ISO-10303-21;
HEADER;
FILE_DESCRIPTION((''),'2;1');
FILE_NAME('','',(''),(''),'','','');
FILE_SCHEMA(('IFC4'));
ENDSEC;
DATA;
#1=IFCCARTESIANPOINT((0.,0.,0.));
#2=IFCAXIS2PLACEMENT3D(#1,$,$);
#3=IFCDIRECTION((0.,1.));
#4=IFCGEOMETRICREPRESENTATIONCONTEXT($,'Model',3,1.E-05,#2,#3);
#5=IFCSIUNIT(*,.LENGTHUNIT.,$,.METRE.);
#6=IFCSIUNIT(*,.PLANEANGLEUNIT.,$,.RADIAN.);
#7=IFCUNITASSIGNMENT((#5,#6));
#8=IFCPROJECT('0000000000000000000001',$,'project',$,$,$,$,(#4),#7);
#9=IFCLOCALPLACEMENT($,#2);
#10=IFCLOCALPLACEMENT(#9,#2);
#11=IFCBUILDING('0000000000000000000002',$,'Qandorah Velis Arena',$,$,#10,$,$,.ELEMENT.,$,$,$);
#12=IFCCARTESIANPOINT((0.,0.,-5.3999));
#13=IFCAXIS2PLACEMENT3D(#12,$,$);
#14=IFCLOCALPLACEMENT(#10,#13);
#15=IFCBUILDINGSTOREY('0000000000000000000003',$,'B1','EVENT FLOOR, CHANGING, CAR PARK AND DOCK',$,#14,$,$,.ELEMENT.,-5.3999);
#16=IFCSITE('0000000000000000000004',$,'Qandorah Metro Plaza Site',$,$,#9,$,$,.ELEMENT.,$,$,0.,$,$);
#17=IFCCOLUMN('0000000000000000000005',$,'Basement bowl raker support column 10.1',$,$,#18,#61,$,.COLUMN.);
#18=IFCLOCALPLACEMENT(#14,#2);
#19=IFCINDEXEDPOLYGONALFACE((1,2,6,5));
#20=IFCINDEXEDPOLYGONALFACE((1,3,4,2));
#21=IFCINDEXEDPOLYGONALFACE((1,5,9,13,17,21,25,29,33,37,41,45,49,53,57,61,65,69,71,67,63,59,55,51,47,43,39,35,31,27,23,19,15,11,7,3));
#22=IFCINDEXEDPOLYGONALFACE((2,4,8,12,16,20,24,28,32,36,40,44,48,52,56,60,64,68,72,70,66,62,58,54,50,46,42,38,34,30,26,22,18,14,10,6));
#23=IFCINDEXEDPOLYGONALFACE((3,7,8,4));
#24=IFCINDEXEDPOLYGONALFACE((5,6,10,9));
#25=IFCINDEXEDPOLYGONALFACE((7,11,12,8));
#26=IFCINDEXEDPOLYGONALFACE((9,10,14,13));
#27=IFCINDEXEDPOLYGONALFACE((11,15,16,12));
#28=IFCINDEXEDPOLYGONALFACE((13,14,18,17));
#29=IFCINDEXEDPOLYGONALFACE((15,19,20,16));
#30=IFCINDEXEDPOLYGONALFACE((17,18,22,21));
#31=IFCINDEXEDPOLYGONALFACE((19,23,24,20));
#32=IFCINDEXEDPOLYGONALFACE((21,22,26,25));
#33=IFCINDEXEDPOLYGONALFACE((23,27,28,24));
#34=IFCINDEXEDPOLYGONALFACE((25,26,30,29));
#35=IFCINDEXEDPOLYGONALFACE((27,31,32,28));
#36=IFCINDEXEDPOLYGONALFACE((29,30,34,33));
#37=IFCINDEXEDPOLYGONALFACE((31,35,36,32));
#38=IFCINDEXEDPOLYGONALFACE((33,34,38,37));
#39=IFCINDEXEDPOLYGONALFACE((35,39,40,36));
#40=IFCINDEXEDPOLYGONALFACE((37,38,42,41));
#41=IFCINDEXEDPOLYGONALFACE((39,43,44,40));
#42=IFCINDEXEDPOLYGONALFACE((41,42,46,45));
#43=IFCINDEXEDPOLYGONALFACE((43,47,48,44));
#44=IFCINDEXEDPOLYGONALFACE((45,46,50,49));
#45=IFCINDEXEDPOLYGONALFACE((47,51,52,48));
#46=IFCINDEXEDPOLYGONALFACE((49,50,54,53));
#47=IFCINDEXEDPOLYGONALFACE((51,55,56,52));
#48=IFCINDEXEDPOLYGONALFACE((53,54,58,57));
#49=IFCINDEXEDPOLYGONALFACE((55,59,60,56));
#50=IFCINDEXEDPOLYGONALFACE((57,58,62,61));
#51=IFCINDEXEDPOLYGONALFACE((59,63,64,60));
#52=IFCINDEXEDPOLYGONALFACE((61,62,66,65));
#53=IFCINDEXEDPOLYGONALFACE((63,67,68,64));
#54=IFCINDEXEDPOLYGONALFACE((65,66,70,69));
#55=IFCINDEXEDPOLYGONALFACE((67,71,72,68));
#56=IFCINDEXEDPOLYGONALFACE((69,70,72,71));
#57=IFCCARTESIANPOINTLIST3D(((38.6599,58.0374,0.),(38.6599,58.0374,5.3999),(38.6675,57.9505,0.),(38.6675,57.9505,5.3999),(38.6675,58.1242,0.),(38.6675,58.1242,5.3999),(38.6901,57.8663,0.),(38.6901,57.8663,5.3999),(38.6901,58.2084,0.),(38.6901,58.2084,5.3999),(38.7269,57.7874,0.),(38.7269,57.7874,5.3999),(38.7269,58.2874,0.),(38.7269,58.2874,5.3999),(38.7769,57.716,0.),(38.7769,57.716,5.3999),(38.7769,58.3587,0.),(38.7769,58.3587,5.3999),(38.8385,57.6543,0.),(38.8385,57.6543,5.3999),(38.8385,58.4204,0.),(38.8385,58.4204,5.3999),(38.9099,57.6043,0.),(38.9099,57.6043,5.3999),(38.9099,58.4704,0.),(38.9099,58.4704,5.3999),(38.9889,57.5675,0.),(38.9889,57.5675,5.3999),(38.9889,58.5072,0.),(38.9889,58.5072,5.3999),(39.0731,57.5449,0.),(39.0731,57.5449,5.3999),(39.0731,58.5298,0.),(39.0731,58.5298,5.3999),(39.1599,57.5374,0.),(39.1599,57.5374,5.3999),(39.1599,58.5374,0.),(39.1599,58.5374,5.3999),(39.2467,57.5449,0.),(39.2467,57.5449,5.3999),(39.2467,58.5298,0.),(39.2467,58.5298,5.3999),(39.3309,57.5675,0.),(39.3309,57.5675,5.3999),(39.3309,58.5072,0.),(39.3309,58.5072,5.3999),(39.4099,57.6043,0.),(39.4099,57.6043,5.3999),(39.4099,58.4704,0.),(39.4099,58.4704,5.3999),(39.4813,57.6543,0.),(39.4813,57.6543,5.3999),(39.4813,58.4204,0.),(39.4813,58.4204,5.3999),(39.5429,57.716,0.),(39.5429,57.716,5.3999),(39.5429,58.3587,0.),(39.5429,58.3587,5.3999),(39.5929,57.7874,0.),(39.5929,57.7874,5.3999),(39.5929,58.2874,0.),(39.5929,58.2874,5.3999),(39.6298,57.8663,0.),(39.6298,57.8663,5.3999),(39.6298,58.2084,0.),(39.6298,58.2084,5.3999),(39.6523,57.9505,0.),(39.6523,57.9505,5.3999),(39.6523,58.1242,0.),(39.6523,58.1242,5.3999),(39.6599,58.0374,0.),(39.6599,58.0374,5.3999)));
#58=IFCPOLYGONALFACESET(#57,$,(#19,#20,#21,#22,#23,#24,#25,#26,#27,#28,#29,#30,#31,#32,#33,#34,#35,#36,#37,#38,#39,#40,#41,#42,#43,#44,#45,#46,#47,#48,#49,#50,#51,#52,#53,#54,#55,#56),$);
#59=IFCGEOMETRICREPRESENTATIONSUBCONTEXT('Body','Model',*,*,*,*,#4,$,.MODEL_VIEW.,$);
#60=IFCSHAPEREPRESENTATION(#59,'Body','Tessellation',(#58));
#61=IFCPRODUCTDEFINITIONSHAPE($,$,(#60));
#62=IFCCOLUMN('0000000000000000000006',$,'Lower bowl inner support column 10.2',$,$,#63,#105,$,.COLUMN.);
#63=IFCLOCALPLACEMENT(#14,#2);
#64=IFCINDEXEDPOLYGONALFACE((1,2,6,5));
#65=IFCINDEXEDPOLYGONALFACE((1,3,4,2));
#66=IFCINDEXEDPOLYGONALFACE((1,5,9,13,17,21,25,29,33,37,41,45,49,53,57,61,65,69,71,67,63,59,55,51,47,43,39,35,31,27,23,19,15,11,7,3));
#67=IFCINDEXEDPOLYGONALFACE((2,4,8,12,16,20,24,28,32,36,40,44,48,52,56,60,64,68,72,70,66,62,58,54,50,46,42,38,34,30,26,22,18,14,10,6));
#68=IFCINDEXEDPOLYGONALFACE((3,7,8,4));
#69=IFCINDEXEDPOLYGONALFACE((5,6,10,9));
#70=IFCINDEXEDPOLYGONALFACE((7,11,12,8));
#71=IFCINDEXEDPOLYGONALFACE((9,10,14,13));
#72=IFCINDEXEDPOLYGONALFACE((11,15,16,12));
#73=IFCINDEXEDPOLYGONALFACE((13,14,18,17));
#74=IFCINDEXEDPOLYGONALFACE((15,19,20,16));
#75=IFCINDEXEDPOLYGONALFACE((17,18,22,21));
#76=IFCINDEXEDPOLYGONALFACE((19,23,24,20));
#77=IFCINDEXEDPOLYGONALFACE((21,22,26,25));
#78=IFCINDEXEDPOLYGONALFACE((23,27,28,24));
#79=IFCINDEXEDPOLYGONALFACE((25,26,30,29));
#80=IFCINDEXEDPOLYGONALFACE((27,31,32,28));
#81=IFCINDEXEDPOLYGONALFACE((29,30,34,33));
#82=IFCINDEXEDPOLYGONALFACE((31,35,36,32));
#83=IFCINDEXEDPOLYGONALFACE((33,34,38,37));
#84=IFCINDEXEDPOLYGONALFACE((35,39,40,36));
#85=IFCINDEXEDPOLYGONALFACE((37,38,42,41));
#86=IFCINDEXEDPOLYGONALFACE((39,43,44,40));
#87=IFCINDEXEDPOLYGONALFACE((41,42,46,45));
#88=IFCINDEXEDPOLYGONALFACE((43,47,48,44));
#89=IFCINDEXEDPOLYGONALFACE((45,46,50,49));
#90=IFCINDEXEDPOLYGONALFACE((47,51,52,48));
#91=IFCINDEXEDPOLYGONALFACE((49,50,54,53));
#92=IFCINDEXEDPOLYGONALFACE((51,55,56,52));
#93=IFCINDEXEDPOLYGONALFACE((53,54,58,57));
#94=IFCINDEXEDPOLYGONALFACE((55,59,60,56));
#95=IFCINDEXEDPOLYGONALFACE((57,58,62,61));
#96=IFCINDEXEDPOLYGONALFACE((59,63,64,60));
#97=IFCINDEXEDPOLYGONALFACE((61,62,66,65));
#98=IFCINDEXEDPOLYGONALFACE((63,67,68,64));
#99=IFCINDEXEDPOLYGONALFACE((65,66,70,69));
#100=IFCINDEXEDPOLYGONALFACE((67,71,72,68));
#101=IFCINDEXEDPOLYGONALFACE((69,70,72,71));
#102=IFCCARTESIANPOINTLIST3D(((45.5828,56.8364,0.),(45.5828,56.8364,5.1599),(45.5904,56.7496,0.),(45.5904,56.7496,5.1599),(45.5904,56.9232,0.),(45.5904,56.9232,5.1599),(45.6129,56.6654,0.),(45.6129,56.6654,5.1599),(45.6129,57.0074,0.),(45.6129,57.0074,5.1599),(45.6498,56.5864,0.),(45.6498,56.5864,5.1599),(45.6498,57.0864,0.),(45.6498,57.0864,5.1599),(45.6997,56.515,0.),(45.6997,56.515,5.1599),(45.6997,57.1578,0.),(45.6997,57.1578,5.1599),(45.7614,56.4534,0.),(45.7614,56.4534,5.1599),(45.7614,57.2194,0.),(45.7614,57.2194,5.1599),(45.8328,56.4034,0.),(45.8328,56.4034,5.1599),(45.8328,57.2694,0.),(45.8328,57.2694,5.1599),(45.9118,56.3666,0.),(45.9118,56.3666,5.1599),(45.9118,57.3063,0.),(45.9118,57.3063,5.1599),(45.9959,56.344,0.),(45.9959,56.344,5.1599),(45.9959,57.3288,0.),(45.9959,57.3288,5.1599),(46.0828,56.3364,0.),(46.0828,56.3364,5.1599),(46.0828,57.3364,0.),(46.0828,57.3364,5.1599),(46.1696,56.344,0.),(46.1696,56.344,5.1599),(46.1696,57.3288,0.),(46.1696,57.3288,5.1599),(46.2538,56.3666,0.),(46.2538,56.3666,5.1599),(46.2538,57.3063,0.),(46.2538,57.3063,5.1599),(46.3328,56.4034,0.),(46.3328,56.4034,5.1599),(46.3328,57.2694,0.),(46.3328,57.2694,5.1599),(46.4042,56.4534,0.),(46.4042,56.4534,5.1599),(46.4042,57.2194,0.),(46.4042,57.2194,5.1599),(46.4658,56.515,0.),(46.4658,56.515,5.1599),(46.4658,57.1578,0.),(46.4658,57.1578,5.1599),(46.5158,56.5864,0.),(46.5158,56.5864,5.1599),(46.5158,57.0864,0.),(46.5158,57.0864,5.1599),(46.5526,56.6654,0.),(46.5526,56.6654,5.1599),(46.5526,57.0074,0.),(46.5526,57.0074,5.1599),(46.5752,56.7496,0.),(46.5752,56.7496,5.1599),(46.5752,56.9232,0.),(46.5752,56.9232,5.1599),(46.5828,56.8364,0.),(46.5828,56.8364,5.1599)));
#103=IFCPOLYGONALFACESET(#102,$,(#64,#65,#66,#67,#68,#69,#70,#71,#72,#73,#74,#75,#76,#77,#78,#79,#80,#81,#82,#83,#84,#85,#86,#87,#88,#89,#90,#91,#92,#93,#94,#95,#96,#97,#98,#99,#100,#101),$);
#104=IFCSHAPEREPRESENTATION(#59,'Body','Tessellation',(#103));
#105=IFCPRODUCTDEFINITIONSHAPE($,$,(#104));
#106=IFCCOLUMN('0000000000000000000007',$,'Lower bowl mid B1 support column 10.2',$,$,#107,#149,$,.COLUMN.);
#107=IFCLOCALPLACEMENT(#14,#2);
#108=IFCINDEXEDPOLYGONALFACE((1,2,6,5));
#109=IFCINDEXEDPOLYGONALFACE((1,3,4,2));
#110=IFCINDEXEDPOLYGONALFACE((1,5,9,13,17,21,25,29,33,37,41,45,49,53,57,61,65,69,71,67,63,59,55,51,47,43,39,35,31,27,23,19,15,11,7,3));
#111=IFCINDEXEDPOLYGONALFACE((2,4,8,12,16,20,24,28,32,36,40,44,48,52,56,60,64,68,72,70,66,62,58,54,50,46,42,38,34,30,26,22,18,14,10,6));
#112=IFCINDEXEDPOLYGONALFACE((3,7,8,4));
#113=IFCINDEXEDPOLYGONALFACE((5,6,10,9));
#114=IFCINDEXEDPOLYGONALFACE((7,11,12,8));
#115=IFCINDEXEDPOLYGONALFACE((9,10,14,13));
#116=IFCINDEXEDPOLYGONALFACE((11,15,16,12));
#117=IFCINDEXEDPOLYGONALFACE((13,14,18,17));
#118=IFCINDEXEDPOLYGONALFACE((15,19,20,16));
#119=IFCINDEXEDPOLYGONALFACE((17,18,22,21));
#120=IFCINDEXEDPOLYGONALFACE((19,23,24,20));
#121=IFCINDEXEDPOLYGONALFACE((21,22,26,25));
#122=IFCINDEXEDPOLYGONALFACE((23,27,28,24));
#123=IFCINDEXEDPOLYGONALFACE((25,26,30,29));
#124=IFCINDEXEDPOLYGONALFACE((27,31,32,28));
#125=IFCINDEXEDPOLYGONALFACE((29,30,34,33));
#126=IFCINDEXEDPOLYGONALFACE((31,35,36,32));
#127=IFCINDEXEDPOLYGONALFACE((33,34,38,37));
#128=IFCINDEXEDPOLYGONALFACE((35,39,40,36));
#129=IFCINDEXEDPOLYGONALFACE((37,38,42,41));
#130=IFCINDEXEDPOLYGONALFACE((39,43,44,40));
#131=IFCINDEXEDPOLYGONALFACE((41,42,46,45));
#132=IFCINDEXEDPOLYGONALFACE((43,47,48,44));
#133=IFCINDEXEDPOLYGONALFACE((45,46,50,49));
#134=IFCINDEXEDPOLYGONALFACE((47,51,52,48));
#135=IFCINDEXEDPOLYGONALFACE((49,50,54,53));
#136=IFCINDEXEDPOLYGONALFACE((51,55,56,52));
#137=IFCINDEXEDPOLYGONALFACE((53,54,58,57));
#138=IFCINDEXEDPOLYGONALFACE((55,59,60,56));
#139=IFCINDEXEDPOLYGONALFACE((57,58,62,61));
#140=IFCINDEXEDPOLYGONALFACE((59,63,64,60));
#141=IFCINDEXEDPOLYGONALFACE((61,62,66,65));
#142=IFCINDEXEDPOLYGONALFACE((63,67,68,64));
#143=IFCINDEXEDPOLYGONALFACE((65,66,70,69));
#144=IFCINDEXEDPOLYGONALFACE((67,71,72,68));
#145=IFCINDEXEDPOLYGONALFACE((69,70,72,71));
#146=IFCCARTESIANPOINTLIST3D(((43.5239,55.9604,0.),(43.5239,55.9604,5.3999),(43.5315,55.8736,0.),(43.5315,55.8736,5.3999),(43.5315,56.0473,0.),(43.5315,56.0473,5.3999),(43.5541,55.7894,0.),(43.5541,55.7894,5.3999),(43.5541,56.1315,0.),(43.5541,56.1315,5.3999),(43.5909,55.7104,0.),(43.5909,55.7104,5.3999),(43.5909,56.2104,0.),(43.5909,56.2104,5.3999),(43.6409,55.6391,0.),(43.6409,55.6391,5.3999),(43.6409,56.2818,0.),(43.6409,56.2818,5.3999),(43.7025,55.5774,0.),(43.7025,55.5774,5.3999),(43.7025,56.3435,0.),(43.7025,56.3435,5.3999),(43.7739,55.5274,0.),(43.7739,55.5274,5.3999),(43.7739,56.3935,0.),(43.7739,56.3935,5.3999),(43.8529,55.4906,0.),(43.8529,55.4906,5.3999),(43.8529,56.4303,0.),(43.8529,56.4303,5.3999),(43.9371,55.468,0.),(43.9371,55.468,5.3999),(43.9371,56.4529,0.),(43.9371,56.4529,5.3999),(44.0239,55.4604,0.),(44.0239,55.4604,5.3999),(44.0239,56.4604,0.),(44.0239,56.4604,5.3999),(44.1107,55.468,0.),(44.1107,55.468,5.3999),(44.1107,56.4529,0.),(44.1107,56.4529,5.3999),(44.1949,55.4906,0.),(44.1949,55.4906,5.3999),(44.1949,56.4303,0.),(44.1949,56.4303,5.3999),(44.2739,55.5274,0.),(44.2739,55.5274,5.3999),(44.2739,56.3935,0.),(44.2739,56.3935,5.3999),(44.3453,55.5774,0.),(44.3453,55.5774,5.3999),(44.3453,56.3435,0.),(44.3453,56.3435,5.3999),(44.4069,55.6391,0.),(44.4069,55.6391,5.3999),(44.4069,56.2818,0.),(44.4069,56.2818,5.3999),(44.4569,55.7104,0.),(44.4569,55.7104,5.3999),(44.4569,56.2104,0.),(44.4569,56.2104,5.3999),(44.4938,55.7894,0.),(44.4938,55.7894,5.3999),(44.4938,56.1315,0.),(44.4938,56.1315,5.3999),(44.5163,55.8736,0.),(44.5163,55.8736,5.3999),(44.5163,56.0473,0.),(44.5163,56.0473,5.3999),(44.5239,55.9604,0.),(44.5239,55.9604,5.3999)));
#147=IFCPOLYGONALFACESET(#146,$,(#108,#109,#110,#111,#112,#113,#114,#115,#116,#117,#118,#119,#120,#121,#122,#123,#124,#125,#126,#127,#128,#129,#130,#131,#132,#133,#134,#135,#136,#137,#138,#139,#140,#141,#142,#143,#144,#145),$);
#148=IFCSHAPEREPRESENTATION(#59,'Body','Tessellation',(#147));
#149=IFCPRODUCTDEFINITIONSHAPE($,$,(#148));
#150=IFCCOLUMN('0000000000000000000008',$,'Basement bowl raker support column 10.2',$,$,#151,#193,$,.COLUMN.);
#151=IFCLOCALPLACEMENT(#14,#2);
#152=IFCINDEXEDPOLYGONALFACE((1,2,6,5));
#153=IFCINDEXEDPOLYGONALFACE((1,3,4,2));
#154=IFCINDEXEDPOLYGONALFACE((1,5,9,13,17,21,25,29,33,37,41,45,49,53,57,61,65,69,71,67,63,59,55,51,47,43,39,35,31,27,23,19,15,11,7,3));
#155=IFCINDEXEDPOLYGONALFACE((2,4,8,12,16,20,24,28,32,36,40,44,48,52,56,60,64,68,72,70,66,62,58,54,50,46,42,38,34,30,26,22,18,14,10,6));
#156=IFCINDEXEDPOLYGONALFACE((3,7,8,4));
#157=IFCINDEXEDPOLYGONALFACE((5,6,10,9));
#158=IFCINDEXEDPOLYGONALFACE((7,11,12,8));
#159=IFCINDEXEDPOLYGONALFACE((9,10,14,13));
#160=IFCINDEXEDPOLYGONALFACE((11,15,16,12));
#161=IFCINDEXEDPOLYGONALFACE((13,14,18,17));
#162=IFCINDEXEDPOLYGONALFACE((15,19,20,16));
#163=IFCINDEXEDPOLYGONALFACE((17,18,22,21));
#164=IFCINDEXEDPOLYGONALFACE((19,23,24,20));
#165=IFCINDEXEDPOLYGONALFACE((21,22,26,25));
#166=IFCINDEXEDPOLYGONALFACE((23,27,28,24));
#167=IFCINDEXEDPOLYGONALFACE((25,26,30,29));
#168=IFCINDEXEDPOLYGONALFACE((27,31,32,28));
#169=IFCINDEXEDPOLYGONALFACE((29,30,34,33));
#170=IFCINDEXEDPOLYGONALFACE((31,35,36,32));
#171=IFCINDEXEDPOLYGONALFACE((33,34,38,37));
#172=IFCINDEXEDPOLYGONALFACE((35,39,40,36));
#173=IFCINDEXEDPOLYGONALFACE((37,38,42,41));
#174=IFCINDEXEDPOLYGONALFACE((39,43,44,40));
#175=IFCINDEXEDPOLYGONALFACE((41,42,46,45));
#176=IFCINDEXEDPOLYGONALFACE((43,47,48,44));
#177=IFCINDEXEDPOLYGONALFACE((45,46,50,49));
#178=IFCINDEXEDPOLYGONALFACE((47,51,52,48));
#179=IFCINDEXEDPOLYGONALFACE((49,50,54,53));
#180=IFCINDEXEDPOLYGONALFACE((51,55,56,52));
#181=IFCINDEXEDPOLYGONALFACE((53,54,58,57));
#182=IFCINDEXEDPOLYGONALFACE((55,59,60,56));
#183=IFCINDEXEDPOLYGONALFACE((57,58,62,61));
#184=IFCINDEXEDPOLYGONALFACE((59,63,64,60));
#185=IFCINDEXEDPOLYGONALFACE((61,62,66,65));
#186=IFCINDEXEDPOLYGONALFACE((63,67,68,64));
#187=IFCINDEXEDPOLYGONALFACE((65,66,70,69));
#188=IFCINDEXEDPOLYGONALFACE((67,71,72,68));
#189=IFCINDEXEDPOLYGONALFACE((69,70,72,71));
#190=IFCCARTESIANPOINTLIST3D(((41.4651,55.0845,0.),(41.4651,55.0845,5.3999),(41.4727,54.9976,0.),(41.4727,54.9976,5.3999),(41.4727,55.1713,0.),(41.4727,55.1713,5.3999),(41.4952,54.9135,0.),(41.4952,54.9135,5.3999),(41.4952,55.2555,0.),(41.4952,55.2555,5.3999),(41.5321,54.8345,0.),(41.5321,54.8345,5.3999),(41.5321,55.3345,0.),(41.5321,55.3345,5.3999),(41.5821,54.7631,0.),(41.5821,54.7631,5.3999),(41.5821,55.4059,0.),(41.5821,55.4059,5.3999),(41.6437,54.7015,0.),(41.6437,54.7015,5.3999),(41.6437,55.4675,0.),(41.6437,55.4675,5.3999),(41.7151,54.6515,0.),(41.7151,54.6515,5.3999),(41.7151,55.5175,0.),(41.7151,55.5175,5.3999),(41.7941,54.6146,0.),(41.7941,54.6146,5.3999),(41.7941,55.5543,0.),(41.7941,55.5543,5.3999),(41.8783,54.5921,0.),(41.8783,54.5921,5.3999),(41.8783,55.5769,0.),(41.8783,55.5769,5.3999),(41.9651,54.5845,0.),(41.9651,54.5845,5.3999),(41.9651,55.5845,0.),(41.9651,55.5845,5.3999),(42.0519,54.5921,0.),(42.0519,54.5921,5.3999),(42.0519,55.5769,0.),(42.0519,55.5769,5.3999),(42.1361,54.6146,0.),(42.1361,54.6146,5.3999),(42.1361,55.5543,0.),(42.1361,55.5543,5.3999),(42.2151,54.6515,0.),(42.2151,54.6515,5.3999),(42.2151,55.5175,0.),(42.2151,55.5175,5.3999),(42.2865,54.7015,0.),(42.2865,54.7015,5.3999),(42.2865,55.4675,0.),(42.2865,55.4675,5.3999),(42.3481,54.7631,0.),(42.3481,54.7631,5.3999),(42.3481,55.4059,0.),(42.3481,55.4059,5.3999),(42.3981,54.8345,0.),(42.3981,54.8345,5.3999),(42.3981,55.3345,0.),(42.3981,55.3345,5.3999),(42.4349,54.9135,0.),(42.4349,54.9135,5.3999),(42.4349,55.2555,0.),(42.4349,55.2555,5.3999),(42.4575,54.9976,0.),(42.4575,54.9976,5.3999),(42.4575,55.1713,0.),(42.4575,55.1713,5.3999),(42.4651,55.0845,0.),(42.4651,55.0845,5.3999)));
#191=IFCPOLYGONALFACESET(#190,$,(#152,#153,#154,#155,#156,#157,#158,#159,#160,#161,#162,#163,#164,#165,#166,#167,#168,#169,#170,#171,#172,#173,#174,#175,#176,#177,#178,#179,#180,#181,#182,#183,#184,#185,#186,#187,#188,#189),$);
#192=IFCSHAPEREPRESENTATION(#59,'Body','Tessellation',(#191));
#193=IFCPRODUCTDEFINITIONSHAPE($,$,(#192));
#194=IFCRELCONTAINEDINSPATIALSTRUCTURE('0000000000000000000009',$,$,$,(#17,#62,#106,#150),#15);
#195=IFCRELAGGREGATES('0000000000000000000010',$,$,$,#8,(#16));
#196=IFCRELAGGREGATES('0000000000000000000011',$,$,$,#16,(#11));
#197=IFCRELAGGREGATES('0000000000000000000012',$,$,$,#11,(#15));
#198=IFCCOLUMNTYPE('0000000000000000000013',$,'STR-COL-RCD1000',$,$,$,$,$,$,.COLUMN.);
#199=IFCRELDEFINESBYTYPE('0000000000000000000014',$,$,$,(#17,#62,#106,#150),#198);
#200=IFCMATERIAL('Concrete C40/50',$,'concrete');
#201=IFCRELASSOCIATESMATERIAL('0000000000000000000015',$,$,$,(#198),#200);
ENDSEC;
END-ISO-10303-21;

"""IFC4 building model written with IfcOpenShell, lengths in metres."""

from ifc_helpers import new_model, si_unit, direction, frame, origin, origin_2d, place, context, subcontext, project, spatial, circle, extrude, material, material_profile, profile_set, type_object, element, save


model = new_model("IFC4")

# Units and contexts
model_context = context("Model", 3, precision=1e-05, world=origin(), true_north=direction((0.0, 1.0)))
body_context = subcontext(model_context, "Body", "Model", "MODEL_VIEW")
ifc_project = project(units=[si_unit("LENGTHUNIT", "METRE"), si_unit("PLANEANGLEUNIT", "RADIAN")], contexts=[model_context])

# Site, building, storey
site_placement = place(None, origin())
site = spatial("IfcSite", under=ifc_project, at=site_placement, Name="Qandorah Metro Plaza Site", CompositionType="ELEMENT", RefElevation=0.0)
building_placement = place(site_placement, origin())
building = spatial("IfcBuilding", under=site, at=building_placement, Name="Qandorah Velis Arena", CompositionType="ELEMENT")
storey_placement = place(building_placement, frame((0.0, 0.0, -5.3999)))
storey = spatial("IfcBuildingStorey", under=building, at=storey_placement, Name="B1", Description="EVENT FLOOR, CHANGING, CAR PARK AND DOCK", CompositionType="ELEMENT", Elevation=-5.3999)

# Shared definitions
ifc_material_1 = material(Name="Concrete C40/50", Category="concrete")

# Columns
ifc_material_profile_1 = material_profile(ifc_material_1, circle(Radius=0.5, at=origin_2d()), Name="RC D1000")
ifc_profile_set_1 = profile_set([ifc_material_profile_1], Name="Concrete C40/50")
column_type_1 = type_object("IfcColumnType", Name="STR-COL-RCD1000", PredefinedType="COLUMN", material=ifc_profile_set_1)
column_1_placement = place(storey_placement, frame((39.1599, 58.0374, 0.0), z_axis=(0.0, 0.0, 1.0), x_axis=(1.0, 0.0, 0.0)))
element("IfcColumn", 1, at=column_1_placement, inside=storey, type_object=column_type_1, Name="Basement bowl raker support column 10.1", PredefinedType="COLUMN", context=body_context, shape_type="SweptSolid", body=[
    extrude(circle(Radius=0.5, at=origin_2d()), origin(), (0.0, 0.0, 1.0), 5.3999),
])
column_2_placement = place(storey_placement, frame((46.0828, 56.8364, 0.0), z_axis=(0.0, 0.0, 1.0), x_axis=(1.0, 0.0, 0.0)))
element("IfcColumn", 2, at=column_2_placement, inside=storey, type_object=column_type_1, Name="Lower bowl inner support column 10.2", PredefinedType="COLUMN", context=body_context, shape_type="SweptSolid", body=[
    extrude(circle(Radius=0.5, at=origin_2d()), origin(), (0.0, 0.0, 1.0), 5.1599),
])
for number, where, z_axis, x_axis, name in (
    (3, (44.0239, 55.9604, 0.0), (0.0, 0.0, 1.0), (1.0, 0.0, 0.0), "Lower bowl mid B1 support column 10.2"),
    (4, (41.9651, 55.0845, 0.0), (0.0, 0.0, 1.0), (1.0, 0.0, 0.0), "Basement bowl raker support column 10.2"),
):
    element("IfcColumn", number, at=place(storey_placement, frame(where, z_axis=z_axis, x_axis=x_axis)), inside=storey, type_object=column_type_1, Name=name, PredefinedType="COLUMN", context=body_context, shape_type="SweptSolid", body=[
        extrude(circle(Radius=0.5, at=origin_2d()), origin(), (0.0, 0.0, 1.0), 5.3999),
    ])

save(model, "model.ifc")
